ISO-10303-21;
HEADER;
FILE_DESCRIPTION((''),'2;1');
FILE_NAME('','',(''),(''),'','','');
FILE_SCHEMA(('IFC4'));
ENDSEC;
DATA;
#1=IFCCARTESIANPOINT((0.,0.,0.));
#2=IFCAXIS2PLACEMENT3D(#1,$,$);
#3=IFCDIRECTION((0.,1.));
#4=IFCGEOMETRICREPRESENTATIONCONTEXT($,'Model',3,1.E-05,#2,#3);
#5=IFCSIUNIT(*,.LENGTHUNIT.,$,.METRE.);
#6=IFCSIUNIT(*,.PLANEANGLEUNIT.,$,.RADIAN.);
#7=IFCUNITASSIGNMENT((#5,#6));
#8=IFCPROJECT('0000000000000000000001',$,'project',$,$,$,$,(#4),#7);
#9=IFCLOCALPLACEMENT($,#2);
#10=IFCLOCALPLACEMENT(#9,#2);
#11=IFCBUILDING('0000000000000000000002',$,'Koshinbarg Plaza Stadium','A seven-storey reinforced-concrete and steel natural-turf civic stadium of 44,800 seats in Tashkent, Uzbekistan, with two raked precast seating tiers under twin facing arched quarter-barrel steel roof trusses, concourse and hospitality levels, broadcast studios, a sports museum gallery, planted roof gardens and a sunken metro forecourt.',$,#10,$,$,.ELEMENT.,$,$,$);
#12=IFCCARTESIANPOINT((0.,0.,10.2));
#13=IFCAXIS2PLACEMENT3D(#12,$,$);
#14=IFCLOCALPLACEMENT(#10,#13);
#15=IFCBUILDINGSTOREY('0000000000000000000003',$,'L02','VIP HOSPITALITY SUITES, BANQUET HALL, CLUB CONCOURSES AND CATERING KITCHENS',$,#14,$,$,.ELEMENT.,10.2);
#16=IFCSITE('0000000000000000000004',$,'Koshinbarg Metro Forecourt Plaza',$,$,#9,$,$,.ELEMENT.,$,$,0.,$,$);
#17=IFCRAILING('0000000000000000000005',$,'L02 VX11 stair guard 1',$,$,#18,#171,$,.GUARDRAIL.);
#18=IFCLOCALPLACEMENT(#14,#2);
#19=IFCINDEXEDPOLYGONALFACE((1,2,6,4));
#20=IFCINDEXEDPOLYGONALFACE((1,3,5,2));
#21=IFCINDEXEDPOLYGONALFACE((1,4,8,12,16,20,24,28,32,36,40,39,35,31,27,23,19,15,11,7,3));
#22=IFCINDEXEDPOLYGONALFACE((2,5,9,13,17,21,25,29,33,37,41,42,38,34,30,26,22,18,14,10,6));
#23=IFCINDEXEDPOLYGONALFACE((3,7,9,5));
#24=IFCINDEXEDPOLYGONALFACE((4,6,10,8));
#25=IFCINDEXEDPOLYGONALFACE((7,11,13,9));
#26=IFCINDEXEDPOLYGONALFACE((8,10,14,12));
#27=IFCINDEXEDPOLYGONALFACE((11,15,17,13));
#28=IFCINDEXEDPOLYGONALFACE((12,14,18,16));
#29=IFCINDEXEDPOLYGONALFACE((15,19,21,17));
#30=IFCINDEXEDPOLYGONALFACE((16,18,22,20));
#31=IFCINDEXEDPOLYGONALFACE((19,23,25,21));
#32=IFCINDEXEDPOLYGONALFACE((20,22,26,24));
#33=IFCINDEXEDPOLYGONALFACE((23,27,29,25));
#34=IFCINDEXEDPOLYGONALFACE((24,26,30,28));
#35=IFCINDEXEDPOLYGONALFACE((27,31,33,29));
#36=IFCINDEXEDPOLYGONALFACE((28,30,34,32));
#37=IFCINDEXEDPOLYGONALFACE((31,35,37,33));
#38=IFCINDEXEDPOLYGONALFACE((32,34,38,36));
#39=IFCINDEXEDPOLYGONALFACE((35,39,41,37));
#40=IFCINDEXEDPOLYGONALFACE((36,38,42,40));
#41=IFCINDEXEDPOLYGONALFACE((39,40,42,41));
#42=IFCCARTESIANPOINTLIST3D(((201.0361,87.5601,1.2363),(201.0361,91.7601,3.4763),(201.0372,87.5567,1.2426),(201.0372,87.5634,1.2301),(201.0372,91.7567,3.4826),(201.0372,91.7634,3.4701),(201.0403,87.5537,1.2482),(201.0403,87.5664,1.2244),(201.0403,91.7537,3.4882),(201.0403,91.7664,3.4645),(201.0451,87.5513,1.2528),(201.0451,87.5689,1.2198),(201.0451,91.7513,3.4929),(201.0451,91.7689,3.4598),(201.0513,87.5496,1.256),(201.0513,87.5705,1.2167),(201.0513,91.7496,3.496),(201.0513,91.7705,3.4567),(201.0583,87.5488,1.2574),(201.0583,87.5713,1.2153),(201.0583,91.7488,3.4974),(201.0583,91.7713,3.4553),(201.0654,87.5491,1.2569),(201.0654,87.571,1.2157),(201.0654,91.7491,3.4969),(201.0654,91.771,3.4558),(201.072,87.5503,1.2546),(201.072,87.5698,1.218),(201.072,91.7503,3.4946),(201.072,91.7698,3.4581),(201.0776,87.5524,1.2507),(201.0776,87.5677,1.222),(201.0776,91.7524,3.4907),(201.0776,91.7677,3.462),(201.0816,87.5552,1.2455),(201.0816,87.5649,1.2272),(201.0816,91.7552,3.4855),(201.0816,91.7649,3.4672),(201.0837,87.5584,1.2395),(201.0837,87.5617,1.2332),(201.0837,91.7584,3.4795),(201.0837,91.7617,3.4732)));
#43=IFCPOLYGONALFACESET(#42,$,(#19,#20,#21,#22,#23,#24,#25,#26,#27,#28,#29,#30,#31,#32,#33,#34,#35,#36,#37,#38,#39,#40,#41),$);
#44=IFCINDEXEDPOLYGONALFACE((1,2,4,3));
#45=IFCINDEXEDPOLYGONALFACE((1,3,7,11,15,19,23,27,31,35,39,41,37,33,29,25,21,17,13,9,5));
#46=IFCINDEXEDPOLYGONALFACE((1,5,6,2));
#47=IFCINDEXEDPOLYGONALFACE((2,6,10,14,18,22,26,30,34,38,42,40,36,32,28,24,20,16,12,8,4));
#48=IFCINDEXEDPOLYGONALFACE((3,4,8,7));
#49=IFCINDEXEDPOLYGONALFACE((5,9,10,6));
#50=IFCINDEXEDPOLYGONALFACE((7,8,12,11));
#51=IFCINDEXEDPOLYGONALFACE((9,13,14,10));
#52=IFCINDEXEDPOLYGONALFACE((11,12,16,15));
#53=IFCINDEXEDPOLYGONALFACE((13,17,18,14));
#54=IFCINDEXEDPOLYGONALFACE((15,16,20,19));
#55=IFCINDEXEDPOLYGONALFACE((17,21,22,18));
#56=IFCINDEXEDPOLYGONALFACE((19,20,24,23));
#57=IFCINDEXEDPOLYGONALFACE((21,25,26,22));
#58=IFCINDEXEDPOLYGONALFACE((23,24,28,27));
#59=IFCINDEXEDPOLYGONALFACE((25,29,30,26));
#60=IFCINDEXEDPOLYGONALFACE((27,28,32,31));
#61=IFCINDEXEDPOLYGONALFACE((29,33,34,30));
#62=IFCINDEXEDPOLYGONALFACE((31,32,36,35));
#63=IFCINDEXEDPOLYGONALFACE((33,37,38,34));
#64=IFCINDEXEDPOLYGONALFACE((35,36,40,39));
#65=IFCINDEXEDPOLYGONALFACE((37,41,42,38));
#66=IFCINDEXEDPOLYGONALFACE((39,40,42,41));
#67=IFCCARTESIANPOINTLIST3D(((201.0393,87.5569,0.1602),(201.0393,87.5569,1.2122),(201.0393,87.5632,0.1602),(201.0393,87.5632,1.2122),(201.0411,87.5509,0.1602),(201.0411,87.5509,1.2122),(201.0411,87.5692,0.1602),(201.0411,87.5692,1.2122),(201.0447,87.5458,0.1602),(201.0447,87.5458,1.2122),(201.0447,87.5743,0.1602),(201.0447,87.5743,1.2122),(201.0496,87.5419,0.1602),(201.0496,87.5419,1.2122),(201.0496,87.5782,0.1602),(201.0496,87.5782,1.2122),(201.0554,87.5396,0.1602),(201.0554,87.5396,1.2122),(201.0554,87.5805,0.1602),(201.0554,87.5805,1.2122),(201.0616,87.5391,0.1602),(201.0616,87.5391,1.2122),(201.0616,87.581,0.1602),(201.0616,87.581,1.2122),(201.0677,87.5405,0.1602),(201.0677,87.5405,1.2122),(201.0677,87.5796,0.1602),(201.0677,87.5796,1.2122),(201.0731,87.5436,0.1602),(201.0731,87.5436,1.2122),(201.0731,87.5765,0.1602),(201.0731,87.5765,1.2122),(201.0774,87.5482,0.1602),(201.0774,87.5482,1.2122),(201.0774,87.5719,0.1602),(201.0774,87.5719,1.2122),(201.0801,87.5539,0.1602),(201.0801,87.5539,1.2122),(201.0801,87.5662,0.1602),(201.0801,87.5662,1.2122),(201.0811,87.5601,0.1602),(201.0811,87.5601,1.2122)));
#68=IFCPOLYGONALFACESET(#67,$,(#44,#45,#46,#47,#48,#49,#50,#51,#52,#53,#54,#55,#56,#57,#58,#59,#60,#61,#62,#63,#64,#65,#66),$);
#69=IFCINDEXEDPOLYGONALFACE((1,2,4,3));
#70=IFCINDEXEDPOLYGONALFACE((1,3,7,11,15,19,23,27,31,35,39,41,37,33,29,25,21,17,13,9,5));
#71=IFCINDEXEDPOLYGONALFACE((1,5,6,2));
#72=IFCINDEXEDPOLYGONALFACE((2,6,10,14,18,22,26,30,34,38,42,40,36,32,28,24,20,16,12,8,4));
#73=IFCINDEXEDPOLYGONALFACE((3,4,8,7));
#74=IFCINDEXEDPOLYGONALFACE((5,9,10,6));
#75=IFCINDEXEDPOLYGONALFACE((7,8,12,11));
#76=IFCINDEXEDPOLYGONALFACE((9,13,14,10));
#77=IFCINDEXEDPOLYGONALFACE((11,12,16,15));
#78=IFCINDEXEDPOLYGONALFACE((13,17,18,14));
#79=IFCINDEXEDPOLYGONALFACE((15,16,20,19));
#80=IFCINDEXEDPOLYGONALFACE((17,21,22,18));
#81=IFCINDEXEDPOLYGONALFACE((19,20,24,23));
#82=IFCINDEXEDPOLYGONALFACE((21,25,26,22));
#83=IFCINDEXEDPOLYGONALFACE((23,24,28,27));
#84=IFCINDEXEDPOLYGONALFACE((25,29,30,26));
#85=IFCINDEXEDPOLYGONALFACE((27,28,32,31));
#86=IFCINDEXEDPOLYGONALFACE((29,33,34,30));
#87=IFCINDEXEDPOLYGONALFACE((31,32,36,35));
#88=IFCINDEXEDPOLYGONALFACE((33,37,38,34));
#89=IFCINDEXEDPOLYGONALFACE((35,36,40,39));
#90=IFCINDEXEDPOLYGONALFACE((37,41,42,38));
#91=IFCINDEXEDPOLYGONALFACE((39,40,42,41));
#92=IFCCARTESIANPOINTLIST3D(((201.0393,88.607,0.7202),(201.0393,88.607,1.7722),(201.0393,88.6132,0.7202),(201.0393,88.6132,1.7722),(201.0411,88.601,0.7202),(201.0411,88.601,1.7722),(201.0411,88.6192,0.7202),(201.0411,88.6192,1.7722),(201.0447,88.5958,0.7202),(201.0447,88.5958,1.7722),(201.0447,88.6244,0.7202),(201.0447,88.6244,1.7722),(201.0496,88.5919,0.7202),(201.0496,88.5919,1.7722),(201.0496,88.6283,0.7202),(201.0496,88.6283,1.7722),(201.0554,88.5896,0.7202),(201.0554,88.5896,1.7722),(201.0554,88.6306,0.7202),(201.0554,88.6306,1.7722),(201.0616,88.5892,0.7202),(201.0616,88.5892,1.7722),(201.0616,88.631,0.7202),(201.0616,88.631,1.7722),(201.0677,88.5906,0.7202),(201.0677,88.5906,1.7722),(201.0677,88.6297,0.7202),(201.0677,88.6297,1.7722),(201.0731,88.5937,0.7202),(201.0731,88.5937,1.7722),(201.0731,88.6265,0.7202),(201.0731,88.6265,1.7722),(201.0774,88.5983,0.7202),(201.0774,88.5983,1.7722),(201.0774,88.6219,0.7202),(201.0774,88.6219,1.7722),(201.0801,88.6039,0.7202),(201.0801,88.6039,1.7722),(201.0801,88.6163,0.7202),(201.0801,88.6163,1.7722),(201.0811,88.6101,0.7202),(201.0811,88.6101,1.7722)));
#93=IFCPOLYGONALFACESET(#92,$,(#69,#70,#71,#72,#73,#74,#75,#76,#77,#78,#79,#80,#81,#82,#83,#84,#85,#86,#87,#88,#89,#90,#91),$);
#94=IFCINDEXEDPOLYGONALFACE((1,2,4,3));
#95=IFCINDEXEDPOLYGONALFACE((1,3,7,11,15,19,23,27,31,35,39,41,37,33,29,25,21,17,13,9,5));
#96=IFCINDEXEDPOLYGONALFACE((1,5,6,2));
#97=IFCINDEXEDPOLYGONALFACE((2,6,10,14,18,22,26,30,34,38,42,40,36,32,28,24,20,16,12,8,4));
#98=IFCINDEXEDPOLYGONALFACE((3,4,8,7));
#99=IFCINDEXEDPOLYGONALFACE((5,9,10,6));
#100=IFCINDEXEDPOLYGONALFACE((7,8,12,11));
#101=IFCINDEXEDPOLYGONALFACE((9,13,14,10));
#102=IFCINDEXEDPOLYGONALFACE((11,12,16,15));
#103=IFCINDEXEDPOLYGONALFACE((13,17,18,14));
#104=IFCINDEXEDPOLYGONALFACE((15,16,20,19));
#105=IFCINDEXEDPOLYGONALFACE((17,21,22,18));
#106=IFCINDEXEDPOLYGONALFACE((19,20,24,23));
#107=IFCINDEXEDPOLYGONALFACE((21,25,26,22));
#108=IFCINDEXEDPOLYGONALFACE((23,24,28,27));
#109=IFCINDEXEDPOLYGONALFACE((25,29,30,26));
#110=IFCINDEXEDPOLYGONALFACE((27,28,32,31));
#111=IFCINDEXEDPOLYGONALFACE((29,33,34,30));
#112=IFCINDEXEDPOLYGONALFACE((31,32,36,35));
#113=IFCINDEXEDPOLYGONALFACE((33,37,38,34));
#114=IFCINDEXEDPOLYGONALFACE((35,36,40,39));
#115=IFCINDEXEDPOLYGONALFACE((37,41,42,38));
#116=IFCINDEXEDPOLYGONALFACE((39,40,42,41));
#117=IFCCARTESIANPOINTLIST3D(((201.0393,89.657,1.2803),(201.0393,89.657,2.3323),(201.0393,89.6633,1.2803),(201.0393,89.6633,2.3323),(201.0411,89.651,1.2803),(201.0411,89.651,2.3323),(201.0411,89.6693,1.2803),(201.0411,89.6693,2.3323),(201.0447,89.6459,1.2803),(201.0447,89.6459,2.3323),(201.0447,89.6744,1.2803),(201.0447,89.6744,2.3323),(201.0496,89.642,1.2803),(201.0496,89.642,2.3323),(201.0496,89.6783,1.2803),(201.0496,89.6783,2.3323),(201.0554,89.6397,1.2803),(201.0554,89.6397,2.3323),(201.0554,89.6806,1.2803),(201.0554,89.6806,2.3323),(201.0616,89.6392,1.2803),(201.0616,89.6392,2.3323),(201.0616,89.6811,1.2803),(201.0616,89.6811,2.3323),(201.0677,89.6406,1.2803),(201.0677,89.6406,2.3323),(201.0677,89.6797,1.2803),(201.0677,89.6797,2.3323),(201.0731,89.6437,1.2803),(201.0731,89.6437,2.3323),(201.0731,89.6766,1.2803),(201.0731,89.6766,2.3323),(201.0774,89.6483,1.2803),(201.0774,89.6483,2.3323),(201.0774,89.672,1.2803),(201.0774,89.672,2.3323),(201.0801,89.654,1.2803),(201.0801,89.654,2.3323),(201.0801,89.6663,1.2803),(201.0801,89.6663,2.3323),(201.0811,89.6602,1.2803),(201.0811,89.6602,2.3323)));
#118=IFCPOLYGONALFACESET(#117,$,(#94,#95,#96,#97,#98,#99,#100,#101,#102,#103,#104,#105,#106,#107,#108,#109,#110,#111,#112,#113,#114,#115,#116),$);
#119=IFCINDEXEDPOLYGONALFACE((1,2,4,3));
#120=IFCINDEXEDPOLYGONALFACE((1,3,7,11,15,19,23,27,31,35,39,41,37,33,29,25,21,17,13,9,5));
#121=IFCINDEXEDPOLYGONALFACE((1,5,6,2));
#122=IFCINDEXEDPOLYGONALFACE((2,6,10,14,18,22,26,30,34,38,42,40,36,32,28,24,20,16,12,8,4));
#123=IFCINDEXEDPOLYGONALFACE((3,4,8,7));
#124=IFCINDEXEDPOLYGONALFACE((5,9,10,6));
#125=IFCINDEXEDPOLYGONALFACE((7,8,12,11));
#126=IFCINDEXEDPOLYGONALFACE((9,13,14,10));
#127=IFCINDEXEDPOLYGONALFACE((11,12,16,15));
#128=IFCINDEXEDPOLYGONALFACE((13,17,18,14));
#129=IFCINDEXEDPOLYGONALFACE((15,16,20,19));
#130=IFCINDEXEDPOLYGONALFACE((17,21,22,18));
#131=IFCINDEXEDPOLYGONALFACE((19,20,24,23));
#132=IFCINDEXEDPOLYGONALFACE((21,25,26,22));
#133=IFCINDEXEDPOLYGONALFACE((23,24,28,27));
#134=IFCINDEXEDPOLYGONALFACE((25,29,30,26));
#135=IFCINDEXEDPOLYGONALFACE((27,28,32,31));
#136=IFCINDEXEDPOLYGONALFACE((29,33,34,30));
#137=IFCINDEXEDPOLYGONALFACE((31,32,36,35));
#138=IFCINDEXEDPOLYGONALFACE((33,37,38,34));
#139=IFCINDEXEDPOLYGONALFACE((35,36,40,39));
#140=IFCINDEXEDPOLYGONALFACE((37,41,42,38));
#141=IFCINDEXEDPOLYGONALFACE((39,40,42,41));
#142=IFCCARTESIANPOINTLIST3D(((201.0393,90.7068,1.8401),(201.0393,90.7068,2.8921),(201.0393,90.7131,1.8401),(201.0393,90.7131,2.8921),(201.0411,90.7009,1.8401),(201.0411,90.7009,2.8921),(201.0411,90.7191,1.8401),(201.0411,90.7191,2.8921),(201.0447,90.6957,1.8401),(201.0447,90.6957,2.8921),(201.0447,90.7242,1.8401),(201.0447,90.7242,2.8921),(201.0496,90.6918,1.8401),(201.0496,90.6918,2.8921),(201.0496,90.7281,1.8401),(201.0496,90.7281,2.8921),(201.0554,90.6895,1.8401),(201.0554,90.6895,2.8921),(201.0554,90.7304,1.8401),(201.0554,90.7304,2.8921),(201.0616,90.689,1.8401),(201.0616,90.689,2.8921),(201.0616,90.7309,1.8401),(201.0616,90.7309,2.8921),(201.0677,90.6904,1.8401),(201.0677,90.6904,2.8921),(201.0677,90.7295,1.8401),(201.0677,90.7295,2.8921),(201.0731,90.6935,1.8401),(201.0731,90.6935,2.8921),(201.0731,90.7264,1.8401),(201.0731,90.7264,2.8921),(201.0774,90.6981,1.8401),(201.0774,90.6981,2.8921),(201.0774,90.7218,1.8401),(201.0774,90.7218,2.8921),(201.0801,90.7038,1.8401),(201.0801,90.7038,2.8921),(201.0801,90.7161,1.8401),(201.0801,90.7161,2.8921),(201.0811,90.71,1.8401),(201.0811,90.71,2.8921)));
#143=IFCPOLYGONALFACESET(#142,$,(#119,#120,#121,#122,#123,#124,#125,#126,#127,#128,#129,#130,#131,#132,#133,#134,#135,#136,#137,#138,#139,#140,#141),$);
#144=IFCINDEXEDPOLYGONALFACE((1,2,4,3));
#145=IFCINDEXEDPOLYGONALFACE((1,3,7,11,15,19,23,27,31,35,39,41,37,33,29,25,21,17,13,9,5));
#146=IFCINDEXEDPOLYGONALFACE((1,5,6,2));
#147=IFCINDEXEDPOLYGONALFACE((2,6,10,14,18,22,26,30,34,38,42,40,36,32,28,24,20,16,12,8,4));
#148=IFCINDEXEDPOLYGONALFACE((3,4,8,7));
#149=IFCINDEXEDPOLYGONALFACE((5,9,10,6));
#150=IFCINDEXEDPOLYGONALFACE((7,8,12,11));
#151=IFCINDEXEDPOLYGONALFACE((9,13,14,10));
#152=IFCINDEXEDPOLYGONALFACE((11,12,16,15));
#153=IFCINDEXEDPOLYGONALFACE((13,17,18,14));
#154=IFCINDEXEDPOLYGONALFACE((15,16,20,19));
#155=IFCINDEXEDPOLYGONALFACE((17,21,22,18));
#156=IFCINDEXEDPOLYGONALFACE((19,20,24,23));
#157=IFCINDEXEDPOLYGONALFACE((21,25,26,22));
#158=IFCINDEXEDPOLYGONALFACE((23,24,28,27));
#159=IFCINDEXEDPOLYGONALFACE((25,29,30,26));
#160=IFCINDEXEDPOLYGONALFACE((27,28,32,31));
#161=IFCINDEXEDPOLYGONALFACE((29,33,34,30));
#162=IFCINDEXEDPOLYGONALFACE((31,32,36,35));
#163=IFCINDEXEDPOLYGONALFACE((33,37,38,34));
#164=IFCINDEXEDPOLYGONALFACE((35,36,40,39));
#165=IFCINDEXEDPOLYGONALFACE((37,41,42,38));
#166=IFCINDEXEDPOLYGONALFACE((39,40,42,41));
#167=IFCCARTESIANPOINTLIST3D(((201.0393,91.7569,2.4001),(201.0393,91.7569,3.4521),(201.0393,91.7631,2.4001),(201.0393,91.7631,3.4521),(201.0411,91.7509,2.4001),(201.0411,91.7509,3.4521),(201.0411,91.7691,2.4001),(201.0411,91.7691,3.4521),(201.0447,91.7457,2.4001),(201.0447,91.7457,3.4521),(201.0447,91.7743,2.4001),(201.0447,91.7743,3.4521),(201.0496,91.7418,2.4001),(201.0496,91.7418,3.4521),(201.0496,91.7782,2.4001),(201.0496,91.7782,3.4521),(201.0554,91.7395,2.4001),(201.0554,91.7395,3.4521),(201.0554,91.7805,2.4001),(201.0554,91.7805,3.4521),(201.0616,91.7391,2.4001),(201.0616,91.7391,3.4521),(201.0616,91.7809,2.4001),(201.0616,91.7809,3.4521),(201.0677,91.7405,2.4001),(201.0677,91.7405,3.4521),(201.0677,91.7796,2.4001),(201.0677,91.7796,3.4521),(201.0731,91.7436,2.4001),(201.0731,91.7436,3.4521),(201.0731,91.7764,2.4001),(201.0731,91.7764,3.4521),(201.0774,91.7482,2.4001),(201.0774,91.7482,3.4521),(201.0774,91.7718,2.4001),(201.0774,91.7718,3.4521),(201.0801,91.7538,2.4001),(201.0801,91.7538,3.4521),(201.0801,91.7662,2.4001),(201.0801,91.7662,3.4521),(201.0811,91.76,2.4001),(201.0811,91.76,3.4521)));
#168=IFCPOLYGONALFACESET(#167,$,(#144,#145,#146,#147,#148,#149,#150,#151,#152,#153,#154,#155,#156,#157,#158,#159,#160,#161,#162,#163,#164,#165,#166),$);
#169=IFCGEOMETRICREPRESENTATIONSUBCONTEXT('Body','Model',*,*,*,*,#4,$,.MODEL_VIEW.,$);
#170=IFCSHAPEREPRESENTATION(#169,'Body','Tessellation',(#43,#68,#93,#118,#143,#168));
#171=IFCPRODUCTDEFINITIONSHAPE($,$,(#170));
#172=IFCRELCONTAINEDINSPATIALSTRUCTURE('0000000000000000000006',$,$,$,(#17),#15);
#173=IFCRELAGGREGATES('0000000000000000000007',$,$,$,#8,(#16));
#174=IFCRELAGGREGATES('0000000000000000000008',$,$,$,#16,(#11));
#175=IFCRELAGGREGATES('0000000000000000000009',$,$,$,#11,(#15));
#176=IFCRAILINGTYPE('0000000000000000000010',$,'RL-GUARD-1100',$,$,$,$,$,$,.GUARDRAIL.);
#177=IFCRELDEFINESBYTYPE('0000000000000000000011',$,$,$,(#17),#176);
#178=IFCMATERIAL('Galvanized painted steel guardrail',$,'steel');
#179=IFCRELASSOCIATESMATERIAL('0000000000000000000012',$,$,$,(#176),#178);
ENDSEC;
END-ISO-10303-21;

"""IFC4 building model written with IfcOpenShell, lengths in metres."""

from ifc_helpers import new_model, si_unit, direction, frame, origin, origin_2d, place, context, subcontext, project, spatial, circle, extrude, material, type_object, element, save


model = new_model("IFC4")

# Units and contexts
model_context = context("Model", 3, precision=1e-05, world=origin(), true_north=direction((0.0, 1.0)))
body_context = subcontext(model_context, "Body", "Model", "MODEL_VIEW")
ifc_project = project(units=[si_unit("LENGTHUNIT", "METRE"), si_unit("PLANEANGLEUNIT", "RADIAN")], contexts=[model_context])

# Site, building, storey
site_placement = place(None, origin())
site = spatial("IfcSite", under=ifc_project, at=site_placement, Name="Koshinbarg Metro Forecourt Plaza", CompositionType="ELEMENT", RefElevation=0.0)
building_placement = place(site_placement, origin())
building = spatial("IfcBuilding", under=site, at=building_placement, Name="Koshinbarg Plaza Stadium", Description="A seven-storey reinforced-concrete and steel natural-turf civic stadium of 44,800 seats in Tashkent, Uzbekistan, with two raked precast seating tiers under twin facing arched quarter-barrel steel roof trusses, concourse and hospitality levels, broadcast studios, a sports museum gallery, planted roof gardens and a sunken metro forecourt.", CompositionType="ELEMENT")
storey_placement = place(building_placement, frame((0.0, 0.0, 10.2)))
storey = spatial("IfcBuildingStorey", under=building, at=storey_placement, Name="L02", Description="VIP HOSPITALITY SUITES, BANQUET HALL, CLUB CONCOURSES AND CATERING KITCHENS", CompositionType="ELEMENT", Elevation=10.2)

# Railing
ifc_material_1 = material(Name="Galvanized painted steel guardrail", Category="steel")
railing_type_1 = type_object("IfcRailingType", Name="RL-GUARD-1100", PredefinedType="GUARDRAIL", material=ifc_material_1)
railing_1_placement = place(storey_placement, frame((201.0601, 87.5601, 0.1602)))
element("IfcRailing", 1, at=railing_1_placement, inside=storey, type_object=railing_type_1, Name="L02 VX11 stair guard 1", PredefinedType="GUARDRAIL", context=body_context, shape_type="SweptSolid", body=[
    extrude(circle(Radius=0.0239, at=origin_2d()), frame((0.0, 0.0, 1.0762), z_axis=(0.0, 0.882352, 0.470591), x_axis=(-1.0, 0.0, 0.0)), (0.0, 0.0, 1.0), 4.76),
    extrude(circle(Radius=0.021, at=origin_2d()), origin(), (0.0, 0.0, 1.0), 1.052),
    extrude(circle(Radius=0.021, at=origin_2d()), frame((0.0, 1.05, 0.5601)), (0.0, 0.0, 1.0), 1.052),
    extrude(circle(Radius=0.021, at=origin_2d()), frame((0.0, 2.1001, 1.1201)), (0.0, 0.0, 1.0), 1.052),
    extrude(circle(Radius=0.021, at=origin_2d()), frame((0.0, 3.1499, 1.6799)), (0.0, 0.0, 1.0), 1.052),
    extrude(circle(Radius=0.021, at=origin_2d()), frame((0.0, 4.2, 2.24)), (0.0, 0.0, 1.0), 1.052),
])

save(model, "model.ifc")
